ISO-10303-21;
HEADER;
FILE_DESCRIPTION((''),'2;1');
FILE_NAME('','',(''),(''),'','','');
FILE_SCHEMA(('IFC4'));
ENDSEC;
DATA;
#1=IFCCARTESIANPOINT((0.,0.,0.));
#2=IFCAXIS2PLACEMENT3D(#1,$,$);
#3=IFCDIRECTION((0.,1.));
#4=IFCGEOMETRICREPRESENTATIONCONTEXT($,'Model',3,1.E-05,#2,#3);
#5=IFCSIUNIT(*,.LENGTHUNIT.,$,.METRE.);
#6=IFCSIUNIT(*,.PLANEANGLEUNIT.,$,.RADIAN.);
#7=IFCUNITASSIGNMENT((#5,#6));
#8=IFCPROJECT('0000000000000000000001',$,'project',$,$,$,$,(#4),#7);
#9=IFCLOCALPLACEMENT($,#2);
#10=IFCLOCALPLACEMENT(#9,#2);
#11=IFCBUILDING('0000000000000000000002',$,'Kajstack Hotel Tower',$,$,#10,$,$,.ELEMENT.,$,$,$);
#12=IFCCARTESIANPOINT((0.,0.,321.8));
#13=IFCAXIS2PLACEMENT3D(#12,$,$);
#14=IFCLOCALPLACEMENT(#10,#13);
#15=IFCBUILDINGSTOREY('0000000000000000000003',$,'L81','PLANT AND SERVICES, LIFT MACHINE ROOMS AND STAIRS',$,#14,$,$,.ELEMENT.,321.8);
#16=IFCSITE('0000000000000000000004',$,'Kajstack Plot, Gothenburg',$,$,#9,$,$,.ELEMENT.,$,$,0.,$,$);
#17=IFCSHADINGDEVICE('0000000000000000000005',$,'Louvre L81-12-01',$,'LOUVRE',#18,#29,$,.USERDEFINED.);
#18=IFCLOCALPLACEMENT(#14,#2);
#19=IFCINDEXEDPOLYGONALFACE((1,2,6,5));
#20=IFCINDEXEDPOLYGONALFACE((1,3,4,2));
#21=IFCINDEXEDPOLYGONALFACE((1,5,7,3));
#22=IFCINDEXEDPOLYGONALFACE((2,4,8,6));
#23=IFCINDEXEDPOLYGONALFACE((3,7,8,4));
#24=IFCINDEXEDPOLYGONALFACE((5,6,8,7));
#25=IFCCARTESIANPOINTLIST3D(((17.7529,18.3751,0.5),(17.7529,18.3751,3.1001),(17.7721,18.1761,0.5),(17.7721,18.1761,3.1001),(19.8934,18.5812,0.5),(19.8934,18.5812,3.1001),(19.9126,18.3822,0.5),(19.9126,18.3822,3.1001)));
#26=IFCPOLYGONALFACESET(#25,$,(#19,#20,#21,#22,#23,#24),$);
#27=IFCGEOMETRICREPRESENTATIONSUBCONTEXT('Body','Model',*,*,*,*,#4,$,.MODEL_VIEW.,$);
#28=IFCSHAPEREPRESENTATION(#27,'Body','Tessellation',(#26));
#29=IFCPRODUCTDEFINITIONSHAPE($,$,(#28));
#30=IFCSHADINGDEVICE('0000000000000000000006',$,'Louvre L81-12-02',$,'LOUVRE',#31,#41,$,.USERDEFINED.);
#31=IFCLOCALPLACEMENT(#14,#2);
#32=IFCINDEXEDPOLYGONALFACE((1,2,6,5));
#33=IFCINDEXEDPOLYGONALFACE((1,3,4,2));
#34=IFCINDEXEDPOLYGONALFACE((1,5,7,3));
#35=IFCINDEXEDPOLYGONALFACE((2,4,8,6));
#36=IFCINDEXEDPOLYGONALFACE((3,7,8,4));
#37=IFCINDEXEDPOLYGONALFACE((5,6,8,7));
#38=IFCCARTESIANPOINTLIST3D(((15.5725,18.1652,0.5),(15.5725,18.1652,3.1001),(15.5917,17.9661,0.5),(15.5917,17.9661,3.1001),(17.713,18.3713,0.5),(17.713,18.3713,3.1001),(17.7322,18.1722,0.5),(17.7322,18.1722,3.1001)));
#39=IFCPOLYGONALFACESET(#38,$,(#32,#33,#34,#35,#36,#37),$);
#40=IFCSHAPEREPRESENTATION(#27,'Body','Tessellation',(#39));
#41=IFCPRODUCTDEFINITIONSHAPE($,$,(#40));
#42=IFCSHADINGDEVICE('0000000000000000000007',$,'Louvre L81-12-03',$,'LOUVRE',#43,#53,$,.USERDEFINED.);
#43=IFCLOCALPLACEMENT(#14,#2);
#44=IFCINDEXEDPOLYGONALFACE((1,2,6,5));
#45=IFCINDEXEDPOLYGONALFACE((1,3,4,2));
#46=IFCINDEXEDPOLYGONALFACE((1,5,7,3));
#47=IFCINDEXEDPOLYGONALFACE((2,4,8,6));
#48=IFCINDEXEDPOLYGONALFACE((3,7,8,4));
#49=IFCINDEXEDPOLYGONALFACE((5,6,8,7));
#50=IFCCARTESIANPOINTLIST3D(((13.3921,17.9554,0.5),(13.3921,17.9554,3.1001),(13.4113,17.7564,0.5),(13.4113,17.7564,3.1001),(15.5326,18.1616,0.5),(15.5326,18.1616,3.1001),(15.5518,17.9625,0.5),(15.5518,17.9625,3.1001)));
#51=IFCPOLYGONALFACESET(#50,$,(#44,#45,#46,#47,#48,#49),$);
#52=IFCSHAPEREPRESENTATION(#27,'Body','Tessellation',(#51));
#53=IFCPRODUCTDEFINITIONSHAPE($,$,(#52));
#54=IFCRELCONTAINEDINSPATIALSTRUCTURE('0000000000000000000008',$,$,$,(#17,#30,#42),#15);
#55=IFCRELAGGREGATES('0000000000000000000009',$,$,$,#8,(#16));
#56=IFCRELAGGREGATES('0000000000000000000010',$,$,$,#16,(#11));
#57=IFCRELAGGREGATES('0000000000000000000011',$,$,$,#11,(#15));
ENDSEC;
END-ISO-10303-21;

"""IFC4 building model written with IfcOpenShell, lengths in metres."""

from ifc_helpers import new_model, si_unit, direction, frame, origin, origin_2d, place, context, subcontext, project, spatial, rectangle, extrude, element, save


model = new_model("IFC4")

# Units and contexts
model_context = context("Model", 3, precision=1e-05, world=origin(), true_north=direction((0.0, 1.0)))
body_context = subcontext(model_context, "Body", "Model", "MODEL_VIEW")
ifc_project = project(units=[si_unit("LENGTHUNIT", "METRE"), si_unit("PLANEANGLEUNIT", "RADIAN")], contexts=[model_context])

# Site, building, storey
site_placement = place(None, origin())
site = spatial("IfcSite", under=ifc_project, at=site_placement, Name="Kajstack Plot, Gothenburg", CompositionType="ELEMENT", RefElevation=0.0)
building_placement = place(site_placement, origin())
building = spatial("IfcBuilding", under=site, at=building_placement, Name="Kajstack Hotel Tower", CompositionType="ELEMENT")
storey_placement = place(building_placement, frame((0.0, 0.0, 321.8)))
storey = spatial("IfcBuildingStorey", under=building, at=storey_placement, Name="L81", Description="PLANT AND SERVICES, LIFT MACHINE ROOMS AND STAIRS", CompositionType="ELEMENT", Elevation=321.8)

# Shading devices
for number, where, z_axis, x_axis, name in (
    (1, (18.8328, 18.3787, 0.5), (0.0, 0.0, 1.0), (-0.995396, -0.095845, 0.0), "Louvre L81-12-01"),
    (2, (16.6523, 18.1687, 0.5), (0.0, 0.0, 1.0), (-0.995396, -0.095845, 0.0), "Louvre L81-12-02"),
    (3, (14.4719, 17.959, 0.5), (0.0, 0.0, 1.0), (-0.995396, -0.095845, 0.0), "Louvre L81-12-03"),
):
    element("IfcShadingDevice", number, at=place(storey_placement, frame(where, z_axis=z_axis, x_axis=x_axis)), inside=storey, Name=name, ObjectType="LOUVRE", PredefinedType="USERDEFINED", context=body_context, shape_type="SweptSolid", body=[
        extrude(rectangle(XDim=2.1504, YDim=0.2, at=origin_2d()), origin(), (0.0, 0.0, 1.0), 2.6001),
    ])

save(model, "model.ifc")
